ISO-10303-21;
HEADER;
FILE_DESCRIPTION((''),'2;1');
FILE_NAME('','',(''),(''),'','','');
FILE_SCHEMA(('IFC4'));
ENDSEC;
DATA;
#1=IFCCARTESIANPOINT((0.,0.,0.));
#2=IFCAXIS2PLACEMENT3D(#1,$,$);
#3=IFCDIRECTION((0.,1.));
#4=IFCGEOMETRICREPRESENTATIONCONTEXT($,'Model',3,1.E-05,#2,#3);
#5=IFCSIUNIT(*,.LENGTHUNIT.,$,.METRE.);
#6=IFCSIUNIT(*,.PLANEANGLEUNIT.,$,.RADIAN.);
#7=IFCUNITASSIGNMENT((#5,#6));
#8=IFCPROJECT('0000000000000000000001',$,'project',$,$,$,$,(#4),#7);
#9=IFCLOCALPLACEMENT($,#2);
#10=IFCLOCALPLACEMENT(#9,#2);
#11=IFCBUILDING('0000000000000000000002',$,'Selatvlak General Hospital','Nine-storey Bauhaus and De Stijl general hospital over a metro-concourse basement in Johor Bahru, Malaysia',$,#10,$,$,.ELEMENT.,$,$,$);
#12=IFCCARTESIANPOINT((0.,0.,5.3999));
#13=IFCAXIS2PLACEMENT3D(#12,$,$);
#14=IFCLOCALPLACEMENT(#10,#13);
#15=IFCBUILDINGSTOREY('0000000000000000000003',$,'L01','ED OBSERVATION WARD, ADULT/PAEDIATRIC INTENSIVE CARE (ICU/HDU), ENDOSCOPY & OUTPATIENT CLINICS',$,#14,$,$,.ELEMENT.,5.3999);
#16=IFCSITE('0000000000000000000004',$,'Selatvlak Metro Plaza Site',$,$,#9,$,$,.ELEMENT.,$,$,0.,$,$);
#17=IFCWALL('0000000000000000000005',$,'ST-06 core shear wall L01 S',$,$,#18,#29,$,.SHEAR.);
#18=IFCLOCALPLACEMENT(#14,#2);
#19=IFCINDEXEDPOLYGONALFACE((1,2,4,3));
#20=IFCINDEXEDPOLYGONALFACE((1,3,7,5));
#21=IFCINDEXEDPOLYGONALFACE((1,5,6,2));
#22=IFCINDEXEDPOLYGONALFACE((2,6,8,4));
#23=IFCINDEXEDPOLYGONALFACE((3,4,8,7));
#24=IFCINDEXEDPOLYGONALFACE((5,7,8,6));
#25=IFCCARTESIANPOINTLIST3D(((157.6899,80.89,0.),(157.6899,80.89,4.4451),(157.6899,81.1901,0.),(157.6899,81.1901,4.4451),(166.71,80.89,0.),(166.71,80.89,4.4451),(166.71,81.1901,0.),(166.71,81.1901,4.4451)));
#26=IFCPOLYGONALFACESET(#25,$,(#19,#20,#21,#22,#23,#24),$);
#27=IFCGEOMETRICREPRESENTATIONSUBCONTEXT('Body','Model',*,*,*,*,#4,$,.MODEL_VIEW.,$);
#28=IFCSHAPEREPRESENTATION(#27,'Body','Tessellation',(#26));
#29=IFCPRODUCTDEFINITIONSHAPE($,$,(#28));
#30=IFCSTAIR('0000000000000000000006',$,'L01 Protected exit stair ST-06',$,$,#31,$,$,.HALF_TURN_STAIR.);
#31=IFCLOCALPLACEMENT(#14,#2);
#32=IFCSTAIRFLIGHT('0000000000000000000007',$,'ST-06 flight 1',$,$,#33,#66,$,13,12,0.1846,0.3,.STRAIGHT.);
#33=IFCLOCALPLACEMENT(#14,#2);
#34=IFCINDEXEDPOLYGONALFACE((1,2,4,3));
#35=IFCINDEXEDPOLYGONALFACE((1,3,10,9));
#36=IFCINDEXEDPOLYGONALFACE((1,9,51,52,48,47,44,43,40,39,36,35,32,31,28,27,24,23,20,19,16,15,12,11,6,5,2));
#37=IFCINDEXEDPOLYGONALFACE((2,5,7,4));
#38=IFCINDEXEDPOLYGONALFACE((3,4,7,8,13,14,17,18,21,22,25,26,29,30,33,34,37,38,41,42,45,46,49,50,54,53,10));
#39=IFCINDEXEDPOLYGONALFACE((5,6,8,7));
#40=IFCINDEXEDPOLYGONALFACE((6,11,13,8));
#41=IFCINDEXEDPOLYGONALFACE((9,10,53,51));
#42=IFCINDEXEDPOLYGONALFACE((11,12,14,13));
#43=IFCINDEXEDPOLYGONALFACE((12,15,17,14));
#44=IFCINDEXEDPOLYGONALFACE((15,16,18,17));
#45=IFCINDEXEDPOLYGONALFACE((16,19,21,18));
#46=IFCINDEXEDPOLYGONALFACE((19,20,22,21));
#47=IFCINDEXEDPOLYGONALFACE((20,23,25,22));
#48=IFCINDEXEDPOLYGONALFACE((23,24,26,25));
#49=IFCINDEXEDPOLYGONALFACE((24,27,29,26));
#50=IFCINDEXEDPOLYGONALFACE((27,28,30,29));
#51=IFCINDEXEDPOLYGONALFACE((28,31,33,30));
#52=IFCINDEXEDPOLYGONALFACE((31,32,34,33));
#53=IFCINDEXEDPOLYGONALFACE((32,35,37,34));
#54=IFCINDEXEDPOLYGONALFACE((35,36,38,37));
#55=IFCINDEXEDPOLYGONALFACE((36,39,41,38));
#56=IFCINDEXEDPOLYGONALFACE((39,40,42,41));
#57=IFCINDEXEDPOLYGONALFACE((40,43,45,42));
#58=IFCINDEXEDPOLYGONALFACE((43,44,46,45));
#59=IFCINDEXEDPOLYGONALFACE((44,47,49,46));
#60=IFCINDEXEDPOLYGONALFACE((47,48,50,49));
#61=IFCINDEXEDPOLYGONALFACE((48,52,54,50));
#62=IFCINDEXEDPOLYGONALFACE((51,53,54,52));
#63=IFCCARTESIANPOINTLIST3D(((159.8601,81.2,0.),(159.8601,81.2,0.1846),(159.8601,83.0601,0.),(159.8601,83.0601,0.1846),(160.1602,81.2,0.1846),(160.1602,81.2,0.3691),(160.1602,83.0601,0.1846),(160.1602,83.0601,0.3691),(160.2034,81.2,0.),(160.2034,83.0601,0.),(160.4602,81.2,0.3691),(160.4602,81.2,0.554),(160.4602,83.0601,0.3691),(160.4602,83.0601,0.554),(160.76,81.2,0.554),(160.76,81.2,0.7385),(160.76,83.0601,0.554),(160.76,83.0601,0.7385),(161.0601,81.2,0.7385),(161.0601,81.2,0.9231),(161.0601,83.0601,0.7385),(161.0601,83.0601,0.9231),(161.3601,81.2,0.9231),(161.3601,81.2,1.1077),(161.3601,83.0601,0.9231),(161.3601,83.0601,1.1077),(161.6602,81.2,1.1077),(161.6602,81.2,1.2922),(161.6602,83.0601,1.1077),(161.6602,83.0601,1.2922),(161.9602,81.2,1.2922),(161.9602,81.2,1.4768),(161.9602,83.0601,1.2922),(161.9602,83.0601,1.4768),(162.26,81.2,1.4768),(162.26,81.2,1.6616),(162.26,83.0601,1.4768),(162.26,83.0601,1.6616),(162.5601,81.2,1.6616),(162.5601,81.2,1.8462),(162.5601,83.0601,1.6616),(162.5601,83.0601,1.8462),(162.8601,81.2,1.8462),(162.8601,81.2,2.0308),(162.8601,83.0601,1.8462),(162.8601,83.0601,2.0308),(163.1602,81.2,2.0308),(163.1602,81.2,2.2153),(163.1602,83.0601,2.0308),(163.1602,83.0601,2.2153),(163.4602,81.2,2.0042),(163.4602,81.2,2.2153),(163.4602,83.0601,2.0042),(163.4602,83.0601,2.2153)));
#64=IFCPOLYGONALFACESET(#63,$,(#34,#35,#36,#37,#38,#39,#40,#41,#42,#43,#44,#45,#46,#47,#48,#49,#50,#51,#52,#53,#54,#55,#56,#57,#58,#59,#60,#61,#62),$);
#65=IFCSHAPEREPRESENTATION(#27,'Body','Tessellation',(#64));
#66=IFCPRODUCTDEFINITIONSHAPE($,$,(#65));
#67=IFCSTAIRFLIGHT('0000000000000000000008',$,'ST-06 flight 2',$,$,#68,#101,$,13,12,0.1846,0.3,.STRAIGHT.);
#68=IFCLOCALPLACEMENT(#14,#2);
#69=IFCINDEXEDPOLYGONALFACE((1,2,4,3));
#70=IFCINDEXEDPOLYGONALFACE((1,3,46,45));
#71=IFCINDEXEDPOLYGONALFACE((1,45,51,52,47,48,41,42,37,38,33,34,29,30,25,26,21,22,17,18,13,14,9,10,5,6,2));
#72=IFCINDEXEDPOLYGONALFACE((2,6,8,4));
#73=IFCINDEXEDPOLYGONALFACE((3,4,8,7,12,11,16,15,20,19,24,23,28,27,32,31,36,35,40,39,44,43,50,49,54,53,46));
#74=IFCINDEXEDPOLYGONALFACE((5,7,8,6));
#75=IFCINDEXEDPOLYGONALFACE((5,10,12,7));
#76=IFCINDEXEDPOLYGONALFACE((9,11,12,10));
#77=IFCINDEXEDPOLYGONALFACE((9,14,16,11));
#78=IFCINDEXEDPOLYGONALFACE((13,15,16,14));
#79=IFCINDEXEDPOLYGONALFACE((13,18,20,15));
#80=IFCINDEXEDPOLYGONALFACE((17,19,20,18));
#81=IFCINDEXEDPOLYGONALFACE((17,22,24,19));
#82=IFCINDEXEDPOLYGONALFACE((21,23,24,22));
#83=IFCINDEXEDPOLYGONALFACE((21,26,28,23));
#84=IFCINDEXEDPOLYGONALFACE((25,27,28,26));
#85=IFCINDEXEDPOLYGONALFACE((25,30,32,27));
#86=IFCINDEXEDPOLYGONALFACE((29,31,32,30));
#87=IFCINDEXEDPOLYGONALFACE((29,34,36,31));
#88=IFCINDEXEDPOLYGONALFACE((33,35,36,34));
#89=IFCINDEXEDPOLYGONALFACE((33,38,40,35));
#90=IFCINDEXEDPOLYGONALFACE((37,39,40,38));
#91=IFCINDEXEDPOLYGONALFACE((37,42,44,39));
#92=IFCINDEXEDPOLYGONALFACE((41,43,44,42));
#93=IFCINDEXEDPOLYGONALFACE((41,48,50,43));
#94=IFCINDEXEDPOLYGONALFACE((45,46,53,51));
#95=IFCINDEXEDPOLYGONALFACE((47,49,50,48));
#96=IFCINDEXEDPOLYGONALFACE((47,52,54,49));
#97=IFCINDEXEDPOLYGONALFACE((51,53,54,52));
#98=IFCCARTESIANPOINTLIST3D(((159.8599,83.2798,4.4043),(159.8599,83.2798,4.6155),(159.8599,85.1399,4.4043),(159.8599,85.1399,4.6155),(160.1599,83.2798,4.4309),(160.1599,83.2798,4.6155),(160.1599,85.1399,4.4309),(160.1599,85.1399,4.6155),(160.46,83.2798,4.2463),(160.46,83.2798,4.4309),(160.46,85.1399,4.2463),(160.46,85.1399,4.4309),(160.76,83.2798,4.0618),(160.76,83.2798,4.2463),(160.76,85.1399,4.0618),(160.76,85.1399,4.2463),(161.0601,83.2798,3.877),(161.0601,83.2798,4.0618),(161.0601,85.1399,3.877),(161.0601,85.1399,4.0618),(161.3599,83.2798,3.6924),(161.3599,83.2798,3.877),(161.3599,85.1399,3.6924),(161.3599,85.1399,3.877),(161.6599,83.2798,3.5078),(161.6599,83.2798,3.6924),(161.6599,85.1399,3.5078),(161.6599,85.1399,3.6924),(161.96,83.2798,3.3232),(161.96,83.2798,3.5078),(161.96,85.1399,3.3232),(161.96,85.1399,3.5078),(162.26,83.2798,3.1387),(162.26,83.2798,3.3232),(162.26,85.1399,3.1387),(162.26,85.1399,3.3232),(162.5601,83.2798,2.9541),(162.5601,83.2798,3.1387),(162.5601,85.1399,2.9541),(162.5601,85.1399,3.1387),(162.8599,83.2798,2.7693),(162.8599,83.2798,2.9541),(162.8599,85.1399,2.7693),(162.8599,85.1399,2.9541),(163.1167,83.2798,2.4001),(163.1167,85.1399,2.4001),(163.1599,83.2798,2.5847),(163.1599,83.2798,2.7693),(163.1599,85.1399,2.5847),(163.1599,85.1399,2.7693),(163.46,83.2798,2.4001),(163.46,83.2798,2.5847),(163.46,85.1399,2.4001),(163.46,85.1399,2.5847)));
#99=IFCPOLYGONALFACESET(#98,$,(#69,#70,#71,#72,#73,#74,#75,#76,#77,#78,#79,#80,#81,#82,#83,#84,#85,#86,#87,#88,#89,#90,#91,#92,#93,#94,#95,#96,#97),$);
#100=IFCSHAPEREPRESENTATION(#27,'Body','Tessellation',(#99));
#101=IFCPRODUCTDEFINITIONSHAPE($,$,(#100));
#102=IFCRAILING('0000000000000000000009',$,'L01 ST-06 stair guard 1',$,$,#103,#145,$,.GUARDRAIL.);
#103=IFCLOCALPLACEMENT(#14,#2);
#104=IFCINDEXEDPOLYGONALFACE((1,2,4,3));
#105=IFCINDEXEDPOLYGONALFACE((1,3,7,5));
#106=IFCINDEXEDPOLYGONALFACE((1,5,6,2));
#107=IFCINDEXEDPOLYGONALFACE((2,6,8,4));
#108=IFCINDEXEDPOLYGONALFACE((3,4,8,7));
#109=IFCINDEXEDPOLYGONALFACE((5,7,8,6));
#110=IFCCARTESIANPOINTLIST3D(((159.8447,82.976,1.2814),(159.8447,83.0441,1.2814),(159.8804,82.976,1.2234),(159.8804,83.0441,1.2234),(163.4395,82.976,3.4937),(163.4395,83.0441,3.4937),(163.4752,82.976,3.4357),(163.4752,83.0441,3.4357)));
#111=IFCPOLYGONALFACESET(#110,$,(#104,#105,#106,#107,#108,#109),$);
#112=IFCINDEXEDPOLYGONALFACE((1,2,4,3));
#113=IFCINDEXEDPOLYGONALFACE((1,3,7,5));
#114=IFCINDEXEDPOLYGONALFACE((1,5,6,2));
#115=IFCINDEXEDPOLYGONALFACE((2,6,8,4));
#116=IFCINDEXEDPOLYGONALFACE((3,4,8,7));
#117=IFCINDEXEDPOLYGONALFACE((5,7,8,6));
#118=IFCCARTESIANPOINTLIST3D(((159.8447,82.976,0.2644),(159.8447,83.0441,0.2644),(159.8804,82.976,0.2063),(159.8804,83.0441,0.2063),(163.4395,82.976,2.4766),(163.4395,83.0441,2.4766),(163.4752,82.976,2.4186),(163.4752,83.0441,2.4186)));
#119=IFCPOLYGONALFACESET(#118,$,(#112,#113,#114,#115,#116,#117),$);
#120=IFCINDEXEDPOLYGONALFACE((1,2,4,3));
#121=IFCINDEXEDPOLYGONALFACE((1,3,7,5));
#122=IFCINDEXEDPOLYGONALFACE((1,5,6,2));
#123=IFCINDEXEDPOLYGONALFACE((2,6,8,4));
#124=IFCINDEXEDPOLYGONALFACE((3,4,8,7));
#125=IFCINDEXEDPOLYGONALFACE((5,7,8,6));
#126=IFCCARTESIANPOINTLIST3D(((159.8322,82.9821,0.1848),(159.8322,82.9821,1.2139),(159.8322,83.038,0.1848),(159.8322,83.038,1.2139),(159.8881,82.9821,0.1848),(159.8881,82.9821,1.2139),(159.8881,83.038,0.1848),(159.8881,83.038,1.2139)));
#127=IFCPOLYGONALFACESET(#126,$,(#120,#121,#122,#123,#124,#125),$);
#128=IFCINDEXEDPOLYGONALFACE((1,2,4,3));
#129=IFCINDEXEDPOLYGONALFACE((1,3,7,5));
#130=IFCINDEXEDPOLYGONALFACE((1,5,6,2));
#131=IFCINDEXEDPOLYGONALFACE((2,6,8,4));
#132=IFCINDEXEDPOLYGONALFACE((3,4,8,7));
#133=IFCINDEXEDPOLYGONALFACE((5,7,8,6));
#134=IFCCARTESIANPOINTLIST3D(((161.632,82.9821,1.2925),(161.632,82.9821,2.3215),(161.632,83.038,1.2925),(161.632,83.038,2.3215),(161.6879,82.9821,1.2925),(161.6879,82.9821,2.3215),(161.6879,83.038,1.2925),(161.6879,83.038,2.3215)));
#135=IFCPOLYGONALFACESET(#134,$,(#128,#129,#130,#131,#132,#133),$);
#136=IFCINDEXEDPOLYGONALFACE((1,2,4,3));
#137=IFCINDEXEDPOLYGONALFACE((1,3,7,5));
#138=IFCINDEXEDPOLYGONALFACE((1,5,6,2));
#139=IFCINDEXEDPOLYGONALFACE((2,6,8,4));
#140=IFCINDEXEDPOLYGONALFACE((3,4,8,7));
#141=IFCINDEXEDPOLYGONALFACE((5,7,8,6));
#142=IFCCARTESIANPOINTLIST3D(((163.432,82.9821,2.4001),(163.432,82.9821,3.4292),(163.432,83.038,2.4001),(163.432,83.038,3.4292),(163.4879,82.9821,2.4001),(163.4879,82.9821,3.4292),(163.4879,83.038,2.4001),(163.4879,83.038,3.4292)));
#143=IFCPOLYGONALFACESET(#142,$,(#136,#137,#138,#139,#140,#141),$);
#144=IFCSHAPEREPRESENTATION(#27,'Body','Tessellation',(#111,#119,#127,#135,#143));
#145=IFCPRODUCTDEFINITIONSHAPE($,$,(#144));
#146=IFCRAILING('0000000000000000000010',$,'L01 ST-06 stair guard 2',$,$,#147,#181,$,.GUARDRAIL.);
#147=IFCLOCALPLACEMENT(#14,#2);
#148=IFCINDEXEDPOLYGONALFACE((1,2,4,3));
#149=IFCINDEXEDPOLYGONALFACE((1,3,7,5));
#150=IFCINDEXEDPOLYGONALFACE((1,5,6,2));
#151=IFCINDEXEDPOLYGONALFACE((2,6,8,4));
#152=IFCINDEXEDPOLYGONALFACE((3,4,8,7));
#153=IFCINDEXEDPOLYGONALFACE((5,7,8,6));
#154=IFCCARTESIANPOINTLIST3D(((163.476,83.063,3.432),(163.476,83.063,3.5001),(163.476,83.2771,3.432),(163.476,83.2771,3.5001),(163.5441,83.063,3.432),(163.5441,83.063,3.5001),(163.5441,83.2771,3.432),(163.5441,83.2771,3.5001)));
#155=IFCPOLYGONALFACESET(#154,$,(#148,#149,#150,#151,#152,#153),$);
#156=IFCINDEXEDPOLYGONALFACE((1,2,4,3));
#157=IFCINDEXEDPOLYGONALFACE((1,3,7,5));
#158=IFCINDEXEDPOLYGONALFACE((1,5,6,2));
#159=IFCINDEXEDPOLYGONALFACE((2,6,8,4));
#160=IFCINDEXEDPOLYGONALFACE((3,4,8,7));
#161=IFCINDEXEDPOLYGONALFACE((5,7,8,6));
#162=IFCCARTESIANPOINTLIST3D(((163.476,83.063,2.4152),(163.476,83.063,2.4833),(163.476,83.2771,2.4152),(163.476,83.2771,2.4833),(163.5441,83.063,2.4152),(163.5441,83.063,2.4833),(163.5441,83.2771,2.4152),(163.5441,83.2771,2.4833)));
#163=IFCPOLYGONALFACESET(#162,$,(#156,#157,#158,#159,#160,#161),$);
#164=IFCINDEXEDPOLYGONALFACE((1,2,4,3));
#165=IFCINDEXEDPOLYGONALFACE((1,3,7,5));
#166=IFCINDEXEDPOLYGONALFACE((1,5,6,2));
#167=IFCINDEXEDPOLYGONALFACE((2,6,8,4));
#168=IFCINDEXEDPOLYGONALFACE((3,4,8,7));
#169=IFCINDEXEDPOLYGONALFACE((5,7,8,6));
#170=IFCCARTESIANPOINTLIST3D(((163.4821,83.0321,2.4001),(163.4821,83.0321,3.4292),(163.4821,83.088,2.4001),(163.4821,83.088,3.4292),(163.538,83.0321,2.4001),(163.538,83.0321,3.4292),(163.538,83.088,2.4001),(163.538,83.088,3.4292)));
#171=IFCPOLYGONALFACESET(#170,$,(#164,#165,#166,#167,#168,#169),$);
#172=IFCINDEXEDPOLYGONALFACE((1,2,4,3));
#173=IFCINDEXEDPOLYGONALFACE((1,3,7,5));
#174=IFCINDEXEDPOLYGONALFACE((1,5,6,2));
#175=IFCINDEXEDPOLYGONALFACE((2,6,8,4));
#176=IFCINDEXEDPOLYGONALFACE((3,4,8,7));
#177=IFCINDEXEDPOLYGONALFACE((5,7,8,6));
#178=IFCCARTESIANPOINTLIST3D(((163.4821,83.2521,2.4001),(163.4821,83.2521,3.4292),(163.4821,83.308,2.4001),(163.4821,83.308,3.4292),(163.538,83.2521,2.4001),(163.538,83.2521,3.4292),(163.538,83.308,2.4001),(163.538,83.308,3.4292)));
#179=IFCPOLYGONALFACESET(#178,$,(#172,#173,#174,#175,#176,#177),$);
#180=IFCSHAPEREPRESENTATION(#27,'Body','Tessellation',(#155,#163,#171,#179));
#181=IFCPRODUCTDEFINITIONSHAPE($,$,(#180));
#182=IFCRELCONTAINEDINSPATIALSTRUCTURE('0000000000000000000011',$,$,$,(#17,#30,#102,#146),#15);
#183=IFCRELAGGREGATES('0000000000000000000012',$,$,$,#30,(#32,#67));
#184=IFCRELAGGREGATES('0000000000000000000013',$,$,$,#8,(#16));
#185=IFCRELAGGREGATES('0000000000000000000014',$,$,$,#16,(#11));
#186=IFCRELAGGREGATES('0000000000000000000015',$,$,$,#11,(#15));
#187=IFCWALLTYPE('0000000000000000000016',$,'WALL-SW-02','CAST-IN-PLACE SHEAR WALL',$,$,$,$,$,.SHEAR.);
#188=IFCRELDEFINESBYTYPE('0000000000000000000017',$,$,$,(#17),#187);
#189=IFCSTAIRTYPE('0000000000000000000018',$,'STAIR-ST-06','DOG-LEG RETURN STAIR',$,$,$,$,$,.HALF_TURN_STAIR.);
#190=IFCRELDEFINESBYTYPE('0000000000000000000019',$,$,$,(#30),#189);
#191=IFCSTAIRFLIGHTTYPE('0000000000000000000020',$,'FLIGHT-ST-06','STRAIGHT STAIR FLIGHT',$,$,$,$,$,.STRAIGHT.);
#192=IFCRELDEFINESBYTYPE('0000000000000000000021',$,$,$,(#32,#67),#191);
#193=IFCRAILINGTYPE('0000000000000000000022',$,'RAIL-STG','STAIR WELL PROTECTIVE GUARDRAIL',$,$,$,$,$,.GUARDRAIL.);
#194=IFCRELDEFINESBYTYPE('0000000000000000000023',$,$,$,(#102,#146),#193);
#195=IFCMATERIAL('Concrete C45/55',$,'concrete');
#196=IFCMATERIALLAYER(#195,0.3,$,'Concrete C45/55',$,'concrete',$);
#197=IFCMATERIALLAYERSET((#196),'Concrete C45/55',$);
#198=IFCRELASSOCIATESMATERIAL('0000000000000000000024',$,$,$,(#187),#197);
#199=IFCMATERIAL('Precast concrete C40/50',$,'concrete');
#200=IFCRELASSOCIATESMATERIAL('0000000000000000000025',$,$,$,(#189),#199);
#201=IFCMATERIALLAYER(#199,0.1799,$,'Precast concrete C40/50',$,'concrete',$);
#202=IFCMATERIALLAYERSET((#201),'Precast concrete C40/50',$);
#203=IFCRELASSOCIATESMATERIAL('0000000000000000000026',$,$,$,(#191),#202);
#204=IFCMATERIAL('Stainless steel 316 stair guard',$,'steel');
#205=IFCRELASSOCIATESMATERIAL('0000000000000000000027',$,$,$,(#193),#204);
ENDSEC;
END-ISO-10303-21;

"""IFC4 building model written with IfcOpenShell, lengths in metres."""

from ifc_helpers import new_model, si_unit, direction, frame, frame_2d, origin, origin_2d, place, context, subcontext, project, spatial, polyline, rectangle, outline, extrude, material, layer, layer_set, type_object, element, aggregate, save


model = new_model("IFC4")

# Units and contexts
model_context = context("Model", 3, precision=1e-05, world=origin(), true_north=direction((0.0, 1.0)))
body_context = subcontext(model_context, "Body", "Model", "MODEL_VIEW")
ifc_project = project(units=[si_unit("LENGTHUNIT", "METRE"), si_unit("PLANEANGLEUNIT", "RADIAN")], contexts=[model_context])

# Site, building, storey
site_placement = place(None, origin())
site = spatial("IfcSite", under=ifc_project, at=site_placement, Name="Selatvlak Metro Plaza Site", CompositionType="ELEMENT", RefElevation=0.0)
building_placement = place(site_placement, origin())
building = spatial("IfcBuilding", under=site, at=building_placement, Name="Selatvlak General Hospital", Description="Nine-storey Bauhaus and De Stijl general hospital over a metro-concourse basement in Johor Bahru, Malaysia", CompositionType="ELEMENT")
storey_placement = place(building_placement, frame((0.0, 0.0, 5.3999)))
storey = spatial("IfcBuildingStorey", under=building, at=storey_placement, Name="L01", Description="ED OBSERVATION WARD, ADULT/PAEDIATRIC INTENSIVE CARE (ICU/HDU), ENDOSCOPY & OUTPATIENT CLINICS", CompositionType="ELEMENT", Elevation=5.3999)

# Wall
ifc_material_1 = material(Name="Concrete C45/55", Category="concrete")
ifc_layer_1 = layer(ifc_material_1, 0.3, Name="Concrete C45/55", Category="concrete")
ifc_layer_set_1 = layer_set([ifc_layer_1], Name="Concrete C45/55")
wall_type_1 = type_object("IfcWallType", Name="WALL-SW-02", Description="CAST-IN-PLACE SHEAR WALL", PredefinedType="SHEAR", material=ifc_layer_set_1)
wall_1_placement = place(storey_placement, frame((157.6899, 81.04, 0.0), z_axis=(0.0, 0.0, 1.0), x_axis=(1.0, 0.0, 0.0)))
element("IfcWall", 1, at=wall_1_placement, inside=storey, type_object=wall_type_1, Name="ST-06 core shear wall L01 S", PredefinedType="SHEAR", context=body_context, shape_type="SweptSolid", body=[
    extrude(rectangle(XDim=9.02, YDim=0.3, at=frame_2d((4.51, 0.0))), origin(), (0.0, 0.0, 1.0), 4.4451),
])

# Stair, stair flights
ifc_material_2 = material(Name="Precast concrete C40/50", Category="concrete")
stair_type = type_object("IfcStairType", Name="STAIR-ST-06", Description="DOG-LEG RETURN STAIR", PredefinedType="HALF_TURN_STAIR", material=ifc_material_2)
stair_placement = place(storey_placement, origin())
stair = element("IfcStair", 2, at=stair_placement, inside=storey, type_object=stair_type, Name="L01 Protected exit stair ST-06", PredefinedType="HALF_TURN_STAIR")
ifc_layer_2 = layer(ifc_material_2, 0.1799, Name="Precast concrete C40/50", Category="concrete")
ifc_layer_set_2 = layer_set([ifc_layer_2], Name="Precast concrete C40/50")
stair_flight_type = type_object("IfcStairFlightType", Name="FLIGHT-ST-06", Description="STRAIGHT STAIR FLIGHT", PredefinedType="STRAIGHT", material=ifc_layer_set_2)
stair_flight_1_placement = place(storey_placement, frame((159.8601, 82.1299, 0.0), z_axis=(0.0, 0.0, 1.0), x_axis=(1.0, 0.0, 0.0)))
stair_flight_1 = element("IfcStairFlight", 3, at=stair_flight_1_placement, type_object=stair_flight_type, Name="ST-06 flight 1", NumberOfRisers=13, NumberOfTreads=12, PredefinedType="STRAIGHT", RiserHeight=0.1846, TreadLength=0.3, context=body_context, shape_type="SweptSolid", body=[
    extrude(outline(polyline([(0.0, 0.0), (0.0, 0.1846), (0.3, 0.1846), (0.3, 0.3691), (0.6001, 0.3691), (0.6001, 0.554), (0.8999, 0.554), (0.8999, 0.7385), (1.2, 0.7385), (1.2, 0.9231), (1.5, 0.9231), (1.5, 1.1077), (1.8, 1.1077), (1.8, 1.2922), (2.1001, 1.2922), (2.1001, 1.4768), (2.3999, 1.4768), (2.3999, 1.6616), (2.7, 1.6616), (2.7, 1.8462), (3.0, 1.8462), (3.0, 2.0308), (3.3, 2.0308), (3.3, 2.2153), (3.6001, 2.2153), (3.6001, 2.3999), (3.6001, 2.0042), (0.3433, 0.0), (0.0, 0.0)])), frame((0.0, 0.9302, 0.0), z_axis=(0.0, -1.0, 0.0), x_axis=(1.0, 0.0, 0.0)), (0.0, 0.0, 1.0), 1.8601),
])
stair_flight_2_placement = place(storey_placement, frame((163.46, 84.21, 2.4001), z_axis=(0.0, 0.0, 1.0), x_axis=(-1.0, 0.0, 0.0)))
stair_flight_2 = element("IfcStairFlight", 4, at=stair_flight_2_placement, type_object=stair_flight_type, Name="ST-06 flight 2", NumberOfRisers=13, NumberOfTreads=12, PredefinedType="STRAIGHT", RiserHeight=0.1846, TreadLength=0.3, context=body_context, shape_type="SweptSolid", body=[
    extrude(outline(polyline([(0.0, 0.0), (0.0, 0.1846), (0.3, 0.1846), (0.3, 0.3691), (0.6001, 0.3691), (0.6001, 0.554), (0.8999, 0.554), (0.8999, 0.7385), (1.2, 0.7385), (1.2, 0.9231), (1.5, 0.9231), (1.5, 1.1077), (1.8, 1.1077), (1.8, 1.2922), (2.1001, 1.2922), (2.1001, 1.4768), (2.3999, 1.4768), (2.3999, 1.6616), (2.7, 1.6616), (2.7, 1.8462), (3.0, 1.8462), (3.0, 2.0308), (3.3, 2.0308), (3.3, 2.2153), (3.6001, 2.2153), (3.6001, 2.3999), (3.6001, 2.0042), (0.3433, 0.0), (0.0, 0.0)])), frame((0.0, 0.9302, 0.0), z_axis=(0.0, -1.0, 0.0), x_axis=(1.0, 0.0, 0.0)), (0.0, 0.0, 1.0), 1.8601),
])
aggregate(stair, [stair_flight_1, stair_flight_2])

# Railings
ifc_material_3 = material(Name="Stainless steel 316 stair guard", Category="steel")
railing_type_1 = type_object("IfcRailingType", Name="RAIL-STG", Description="STAIR WELL PROTECTIVE GUARDRAIL", PredefinedType="GUARDRAIL", material=ifc_material_3)
railing_1_placement = place(storey_placement, frame((159.8601, 83.01, 0.1848)))
element("IfcRailing", 5, at=railing_1_placement, inside=storey, type_object=railing_type_1, Name="L01 ST-06 stair guard 1", PredefinedType="GUARDRAIL", context=body_context, shape_type="SweptSolid", body=[
    extrude(rectangle(XDim=0.0681, YDim=0.0681, at=origin_2d()), frame((0.0024, 0.0, 1.0676), z_axis=(0.851654, 0.0, 0.524104), x_axis=(0.0, 1.0, 0.0)), (0.0, 0.0, 1.0), 4.2209),
    extrude(rectangle(XDim=0.0681, YDim=0.0681, at=origin_2d()), frame((0.0024, 0.0, 0.0505), z_axis=(0.851654, 0.0, 0.524104), x_axis=(0.0, 1.0, 0.0)), (0.0, 0.0, 1.0), 4.2209),
    extrude(rectangle(XDim=0.0559, YDim=0.0559, at=origin_2d()), origin(), (0.0, 0.0, 1.0), 1.0291),
    extrude(rectangle(XDim=0.0559, YDim=0.0559, at=origin_2d()), frame((1.7998, 0.0, 1.1077)), (0.0, 0.0, 1.0), 1.0291),
    extrude(rectangle(XDim=0.0559, YDim=0.0559, at=origin_2d()), frame((3.5999, 0.0, 2.2153)), (0.0, 0.0, 1.0), 1.0291),
])
railing_2_placement = place(storey_placement, frame((163.51, 83.0601, 2.4001)))
element("IfcRailing", 6, at=railing_2_placement, inside=storey, type_object=railing_type_1, Name="L01 ST-06 stair guard 2", PredefinedType="GUARDRAIL", context=body_context, shape_type="SweptSolid", body=[
    extrude(rectangle(XDim=0.0681, YDim=0.0681, at=origin_2d()), frame((0.0, 0.0029, 1.0659), z_axis=(0.0, 1.0, 0.0), x_axis=(-1.0, 0.0, 0.0)), (0.0, 0.0, 1.0), 0.2141),
    extrude(rectangle(XDim=0.0681, YDim=0.0681, at=origin_2d()), frame((0.0, 0.0029, 0.0491), z_axis=(0.0, 1.0, 0.0), x_axis=(-1.0, 0.0, 0.0)), (0.0, 0.0, 1.0), 0.2141),
    extrude(rectangle(XDim=0.0559, YDim=0.0559, at=origin_2d()), origin(), (0.0, 0.0, 1.0), 1.0291),
    extrude(rectangle(XDim=0.0559, YDim=0.0559, at=origin_2d()), frame((0.0, 0.22, 0.0)), (0.0, 0.0, 1.0), 1.0291),
])

save(model, "model.ifc")
